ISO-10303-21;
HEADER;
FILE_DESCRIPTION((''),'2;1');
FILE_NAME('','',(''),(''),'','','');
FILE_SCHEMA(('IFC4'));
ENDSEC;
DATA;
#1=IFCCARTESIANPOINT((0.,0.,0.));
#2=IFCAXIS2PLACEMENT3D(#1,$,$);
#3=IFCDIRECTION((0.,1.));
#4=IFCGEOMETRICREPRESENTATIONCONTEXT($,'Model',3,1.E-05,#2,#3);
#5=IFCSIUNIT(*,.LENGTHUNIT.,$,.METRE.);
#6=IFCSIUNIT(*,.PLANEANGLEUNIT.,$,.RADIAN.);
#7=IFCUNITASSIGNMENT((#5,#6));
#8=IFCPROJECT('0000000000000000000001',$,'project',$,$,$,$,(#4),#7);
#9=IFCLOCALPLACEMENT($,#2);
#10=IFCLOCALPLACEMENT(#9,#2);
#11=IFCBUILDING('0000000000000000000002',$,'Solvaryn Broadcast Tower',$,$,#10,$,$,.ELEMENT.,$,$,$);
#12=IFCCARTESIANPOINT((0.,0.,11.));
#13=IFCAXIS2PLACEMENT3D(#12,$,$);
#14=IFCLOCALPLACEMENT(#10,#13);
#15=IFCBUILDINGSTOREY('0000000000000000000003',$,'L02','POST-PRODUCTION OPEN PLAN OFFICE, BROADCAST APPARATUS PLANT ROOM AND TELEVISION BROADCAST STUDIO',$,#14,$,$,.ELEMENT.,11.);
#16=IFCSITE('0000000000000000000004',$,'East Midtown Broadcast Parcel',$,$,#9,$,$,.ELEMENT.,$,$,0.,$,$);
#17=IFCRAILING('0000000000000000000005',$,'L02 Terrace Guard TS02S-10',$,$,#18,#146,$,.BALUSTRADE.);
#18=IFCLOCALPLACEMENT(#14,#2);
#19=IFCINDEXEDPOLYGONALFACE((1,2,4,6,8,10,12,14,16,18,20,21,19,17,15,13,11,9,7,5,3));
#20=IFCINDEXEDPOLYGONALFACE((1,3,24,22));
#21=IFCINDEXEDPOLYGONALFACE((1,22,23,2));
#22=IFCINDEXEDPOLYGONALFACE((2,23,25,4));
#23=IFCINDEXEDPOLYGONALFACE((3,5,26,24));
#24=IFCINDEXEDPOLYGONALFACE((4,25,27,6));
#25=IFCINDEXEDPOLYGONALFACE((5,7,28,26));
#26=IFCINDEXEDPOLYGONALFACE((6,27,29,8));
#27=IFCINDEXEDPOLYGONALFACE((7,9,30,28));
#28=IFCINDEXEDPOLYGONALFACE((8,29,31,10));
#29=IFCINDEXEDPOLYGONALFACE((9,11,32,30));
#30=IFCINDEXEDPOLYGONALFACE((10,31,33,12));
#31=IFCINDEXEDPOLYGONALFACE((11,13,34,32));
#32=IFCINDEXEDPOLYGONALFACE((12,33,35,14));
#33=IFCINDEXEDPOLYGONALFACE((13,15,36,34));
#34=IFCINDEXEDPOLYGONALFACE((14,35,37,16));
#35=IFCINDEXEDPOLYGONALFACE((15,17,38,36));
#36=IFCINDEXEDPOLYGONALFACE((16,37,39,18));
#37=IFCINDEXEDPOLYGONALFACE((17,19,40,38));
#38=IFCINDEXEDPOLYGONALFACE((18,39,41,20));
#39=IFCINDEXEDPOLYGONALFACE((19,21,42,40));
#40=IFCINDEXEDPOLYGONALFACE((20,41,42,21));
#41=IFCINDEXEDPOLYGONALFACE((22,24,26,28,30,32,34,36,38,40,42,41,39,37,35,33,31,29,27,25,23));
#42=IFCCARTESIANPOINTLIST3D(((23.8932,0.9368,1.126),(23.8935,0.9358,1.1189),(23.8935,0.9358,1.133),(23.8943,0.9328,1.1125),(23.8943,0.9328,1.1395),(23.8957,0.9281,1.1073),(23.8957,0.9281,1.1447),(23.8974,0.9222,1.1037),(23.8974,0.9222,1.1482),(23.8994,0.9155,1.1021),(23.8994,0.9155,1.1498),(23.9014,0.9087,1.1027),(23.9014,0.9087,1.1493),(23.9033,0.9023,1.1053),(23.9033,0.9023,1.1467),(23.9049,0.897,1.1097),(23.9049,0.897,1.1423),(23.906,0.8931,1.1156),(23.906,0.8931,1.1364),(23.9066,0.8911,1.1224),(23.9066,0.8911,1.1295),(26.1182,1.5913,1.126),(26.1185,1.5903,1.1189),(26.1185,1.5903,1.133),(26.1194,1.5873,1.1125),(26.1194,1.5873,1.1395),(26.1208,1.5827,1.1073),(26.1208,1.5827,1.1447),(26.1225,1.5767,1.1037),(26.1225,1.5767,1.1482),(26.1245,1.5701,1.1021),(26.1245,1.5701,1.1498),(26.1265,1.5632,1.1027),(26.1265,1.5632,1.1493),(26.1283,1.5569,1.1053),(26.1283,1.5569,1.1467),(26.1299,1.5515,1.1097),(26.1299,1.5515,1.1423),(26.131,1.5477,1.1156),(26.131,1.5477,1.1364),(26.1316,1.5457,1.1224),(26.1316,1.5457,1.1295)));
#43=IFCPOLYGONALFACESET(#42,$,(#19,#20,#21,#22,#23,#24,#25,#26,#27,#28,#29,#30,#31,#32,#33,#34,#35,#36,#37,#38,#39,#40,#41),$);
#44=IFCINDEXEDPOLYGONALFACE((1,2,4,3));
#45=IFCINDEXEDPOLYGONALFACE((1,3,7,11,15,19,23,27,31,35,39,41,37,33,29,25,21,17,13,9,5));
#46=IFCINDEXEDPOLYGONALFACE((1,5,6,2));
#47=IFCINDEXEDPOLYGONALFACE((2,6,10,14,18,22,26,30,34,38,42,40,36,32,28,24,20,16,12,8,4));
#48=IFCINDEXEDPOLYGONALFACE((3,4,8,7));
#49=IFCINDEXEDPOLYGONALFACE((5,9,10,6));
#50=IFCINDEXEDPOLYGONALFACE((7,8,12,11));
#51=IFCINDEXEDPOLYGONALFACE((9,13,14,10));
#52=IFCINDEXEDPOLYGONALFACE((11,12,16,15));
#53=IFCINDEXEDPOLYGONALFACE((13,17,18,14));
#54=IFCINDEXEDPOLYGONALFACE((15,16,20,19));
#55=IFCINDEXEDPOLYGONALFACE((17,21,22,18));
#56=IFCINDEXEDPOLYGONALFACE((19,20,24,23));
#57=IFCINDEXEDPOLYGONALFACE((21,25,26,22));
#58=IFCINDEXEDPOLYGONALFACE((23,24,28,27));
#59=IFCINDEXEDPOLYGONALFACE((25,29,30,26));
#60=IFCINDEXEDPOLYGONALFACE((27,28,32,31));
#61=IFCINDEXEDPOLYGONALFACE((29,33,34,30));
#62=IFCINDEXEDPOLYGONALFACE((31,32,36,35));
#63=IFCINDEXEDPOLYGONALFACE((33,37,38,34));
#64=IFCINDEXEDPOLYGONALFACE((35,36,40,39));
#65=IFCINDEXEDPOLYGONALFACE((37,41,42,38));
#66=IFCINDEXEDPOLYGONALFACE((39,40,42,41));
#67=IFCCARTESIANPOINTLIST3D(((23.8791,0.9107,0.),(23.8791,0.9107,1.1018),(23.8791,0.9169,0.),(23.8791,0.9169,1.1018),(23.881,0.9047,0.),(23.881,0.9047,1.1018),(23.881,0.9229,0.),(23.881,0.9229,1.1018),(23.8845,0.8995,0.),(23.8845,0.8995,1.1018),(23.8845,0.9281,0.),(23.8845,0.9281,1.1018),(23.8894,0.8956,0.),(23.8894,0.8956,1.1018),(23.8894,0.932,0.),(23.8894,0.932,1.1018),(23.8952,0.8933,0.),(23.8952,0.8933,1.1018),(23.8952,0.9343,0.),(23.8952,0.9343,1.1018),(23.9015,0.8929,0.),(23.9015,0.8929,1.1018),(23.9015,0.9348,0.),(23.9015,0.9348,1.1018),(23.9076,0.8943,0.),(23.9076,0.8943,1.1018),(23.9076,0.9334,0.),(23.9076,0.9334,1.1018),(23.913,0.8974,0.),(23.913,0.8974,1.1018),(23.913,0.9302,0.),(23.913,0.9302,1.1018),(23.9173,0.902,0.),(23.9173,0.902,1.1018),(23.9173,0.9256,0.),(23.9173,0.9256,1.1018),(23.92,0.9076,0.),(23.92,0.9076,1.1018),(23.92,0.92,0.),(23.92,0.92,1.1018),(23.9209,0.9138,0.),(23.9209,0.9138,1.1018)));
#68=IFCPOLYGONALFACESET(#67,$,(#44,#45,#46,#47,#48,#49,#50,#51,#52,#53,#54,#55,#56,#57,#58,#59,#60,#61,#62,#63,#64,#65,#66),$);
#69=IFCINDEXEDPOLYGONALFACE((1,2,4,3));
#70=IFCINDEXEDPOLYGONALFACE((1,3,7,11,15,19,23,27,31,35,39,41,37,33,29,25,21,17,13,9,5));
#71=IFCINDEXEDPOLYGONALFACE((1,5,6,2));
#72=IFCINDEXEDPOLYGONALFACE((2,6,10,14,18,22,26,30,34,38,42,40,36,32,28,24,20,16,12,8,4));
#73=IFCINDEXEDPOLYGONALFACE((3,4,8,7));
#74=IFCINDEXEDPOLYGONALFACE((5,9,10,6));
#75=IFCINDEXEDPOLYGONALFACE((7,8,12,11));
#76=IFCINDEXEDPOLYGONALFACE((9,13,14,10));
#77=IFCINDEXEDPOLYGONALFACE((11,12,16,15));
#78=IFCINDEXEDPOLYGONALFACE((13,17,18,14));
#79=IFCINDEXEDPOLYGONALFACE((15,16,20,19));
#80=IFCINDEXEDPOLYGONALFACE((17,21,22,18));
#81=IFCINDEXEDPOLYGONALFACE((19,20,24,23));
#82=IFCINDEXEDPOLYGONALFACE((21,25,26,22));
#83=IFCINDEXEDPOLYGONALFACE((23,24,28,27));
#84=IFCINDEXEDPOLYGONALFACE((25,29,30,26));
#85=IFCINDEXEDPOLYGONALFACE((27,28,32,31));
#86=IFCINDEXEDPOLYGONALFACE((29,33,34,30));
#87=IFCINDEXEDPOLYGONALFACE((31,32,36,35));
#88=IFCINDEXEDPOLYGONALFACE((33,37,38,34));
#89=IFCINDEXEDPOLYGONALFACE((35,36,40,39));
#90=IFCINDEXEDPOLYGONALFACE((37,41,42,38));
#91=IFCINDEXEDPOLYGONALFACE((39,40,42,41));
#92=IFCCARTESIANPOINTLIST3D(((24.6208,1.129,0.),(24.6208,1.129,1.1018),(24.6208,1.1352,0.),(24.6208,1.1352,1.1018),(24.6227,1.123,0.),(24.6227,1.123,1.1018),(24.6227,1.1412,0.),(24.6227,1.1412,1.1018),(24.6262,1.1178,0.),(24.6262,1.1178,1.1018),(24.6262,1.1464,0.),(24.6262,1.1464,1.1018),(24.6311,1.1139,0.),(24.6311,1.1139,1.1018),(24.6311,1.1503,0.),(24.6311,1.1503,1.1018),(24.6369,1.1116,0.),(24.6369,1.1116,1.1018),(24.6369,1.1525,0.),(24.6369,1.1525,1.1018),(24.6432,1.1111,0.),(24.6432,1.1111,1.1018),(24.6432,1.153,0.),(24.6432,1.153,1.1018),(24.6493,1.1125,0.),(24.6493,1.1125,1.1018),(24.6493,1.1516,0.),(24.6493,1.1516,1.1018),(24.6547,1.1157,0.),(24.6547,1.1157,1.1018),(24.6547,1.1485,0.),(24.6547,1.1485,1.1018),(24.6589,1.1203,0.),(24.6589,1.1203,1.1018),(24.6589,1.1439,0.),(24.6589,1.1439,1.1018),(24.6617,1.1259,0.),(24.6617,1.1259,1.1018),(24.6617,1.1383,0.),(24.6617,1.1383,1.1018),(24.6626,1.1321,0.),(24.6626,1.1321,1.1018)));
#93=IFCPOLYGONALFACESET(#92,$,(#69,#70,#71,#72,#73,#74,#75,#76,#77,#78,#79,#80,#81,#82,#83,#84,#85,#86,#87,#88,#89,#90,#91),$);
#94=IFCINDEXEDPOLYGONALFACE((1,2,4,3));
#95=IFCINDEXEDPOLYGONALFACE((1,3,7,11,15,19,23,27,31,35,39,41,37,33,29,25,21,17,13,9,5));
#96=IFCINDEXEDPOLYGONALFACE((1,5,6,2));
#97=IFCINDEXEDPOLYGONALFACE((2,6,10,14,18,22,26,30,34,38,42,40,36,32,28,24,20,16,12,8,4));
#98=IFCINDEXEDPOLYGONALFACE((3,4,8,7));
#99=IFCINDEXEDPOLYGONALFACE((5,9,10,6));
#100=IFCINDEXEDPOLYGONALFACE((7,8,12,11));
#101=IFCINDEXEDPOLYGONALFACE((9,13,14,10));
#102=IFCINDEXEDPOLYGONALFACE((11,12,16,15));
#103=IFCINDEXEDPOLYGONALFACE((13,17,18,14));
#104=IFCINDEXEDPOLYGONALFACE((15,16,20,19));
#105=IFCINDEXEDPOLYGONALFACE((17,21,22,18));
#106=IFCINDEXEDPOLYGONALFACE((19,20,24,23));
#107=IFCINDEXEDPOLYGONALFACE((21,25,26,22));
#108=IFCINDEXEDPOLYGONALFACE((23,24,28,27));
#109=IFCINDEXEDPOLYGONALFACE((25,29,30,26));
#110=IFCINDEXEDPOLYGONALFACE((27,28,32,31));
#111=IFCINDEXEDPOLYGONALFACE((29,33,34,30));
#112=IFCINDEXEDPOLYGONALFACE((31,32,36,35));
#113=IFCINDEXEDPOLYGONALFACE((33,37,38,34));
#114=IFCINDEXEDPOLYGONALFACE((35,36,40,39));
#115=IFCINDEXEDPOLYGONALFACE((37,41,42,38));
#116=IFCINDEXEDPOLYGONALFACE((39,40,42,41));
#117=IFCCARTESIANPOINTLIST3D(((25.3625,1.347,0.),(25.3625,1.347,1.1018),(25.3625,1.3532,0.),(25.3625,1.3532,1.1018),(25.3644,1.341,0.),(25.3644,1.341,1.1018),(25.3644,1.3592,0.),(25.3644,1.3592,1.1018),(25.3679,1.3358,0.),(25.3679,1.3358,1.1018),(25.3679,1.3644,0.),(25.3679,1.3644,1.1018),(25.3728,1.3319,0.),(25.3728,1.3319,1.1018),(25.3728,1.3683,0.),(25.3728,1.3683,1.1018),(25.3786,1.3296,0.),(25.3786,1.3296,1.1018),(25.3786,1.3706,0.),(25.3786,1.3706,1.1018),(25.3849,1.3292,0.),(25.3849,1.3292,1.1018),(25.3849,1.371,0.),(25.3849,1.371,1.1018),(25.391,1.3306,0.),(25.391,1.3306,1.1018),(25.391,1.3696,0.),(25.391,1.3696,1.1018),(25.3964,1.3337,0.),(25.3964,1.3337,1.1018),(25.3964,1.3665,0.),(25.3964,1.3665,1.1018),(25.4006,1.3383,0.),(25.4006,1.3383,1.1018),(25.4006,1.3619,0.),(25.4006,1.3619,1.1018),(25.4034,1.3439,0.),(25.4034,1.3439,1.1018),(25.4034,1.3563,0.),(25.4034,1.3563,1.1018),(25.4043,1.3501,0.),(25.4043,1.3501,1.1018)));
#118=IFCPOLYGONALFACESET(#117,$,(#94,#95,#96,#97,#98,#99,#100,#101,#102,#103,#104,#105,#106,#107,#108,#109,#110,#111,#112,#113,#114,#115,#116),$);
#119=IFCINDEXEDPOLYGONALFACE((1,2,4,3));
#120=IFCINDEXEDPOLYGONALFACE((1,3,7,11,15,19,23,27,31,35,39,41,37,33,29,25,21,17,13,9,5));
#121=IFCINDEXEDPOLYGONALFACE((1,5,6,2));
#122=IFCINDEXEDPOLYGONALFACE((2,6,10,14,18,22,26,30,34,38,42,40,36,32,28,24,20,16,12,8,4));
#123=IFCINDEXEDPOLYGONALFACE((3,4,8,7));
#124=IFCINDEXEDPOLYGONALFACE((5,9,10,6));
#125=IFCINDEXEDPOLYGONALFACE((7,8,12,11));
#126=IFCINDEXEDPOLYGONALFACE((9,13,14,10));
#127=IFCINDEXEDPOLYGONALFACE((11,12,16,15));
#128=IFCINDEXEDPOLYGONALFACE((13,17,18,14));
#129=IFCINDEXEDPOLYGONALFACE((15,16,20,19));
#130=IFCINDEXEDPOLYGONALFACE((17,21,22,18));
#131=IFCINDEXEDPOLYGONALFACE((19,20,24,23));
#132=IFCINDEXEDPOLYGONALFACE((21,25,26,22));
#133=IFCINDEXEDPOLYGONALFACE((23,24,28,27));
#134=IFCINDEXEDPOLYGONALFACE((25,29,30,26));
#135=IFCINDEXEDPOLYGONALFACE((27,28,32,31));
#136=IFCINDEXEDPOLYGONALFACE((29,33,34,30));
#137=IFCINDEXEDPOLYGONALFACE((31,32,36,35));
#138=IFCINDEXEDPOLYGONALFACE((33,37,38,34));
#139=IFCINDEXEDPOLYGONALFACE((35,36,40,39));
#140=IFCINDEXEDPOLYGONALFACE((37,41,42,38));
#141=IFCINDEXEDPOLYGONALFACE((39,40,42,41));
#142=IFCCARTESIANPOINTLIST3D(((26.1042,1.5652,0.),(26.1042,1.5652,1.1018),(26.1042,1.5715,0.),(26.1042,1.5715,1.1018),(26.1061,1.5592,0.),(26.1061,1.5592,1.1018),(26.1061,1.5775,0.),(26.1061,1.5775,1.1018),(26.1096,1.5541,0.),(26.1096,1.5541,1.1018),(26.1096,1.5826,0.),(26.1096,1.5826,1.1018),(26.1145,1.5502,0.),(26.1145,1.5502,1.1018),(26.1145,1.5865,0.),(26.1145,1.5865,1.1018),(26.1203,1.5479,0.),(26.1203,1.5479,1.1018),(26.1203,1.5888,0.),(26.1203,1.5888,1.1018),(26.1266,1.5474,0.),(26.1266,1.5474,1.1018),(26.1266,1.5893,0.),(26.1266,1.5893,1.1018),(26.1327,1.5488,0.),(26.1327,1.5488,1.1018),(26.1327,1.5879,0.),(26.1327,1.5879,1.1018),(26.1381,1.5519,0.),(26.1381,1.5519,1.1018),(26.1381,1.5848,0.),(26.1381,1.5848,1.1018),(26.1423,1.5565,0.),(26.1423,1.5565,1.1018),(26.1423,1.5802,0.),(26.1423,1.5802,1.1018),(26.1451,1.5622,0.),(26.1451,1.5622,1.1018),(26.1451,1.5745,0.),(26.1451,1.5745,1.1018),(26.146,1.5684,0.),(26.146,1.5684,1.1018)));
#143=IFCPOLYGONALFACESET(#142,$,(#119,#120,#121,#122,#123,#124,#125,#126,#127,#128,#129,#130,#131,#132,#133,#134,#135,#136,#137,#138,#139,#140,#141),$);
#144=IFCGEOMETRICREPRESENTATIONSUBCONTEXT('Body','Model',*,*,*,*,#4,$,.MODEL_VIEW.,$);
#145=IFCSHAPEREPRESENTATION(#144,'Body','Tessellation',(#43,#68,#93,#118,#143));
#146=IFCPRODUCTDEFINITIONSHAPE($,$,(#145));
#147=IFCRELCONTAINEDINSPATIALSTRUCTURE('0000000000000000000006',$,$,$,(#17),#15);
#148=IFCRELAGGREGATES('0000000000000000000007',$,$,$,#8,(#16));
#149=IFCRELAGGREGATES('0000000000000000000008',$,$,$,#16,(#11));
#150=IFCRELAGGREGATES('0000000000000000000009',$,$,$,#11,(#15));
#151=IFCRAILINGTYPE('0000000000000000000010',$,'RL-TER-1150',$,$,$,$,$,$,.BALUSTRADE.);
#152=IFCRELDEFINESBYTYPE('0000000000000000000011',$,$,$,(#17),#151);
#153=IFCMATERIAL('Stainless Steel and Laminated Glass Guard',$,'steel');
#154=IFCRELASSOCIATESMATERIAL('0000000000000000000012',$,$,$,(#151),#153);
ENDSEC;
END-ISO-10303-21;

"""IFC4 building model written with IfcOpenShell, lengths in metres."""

from ifc_helpers import new_model, si_unit, direction, frame, origin, origin_2d, place, context, subcontext, project, spatial, circle, extrude, material, type_object, element, save


model = new_model("IFC4")

# Units and contexts
model_context = context("Model", 3, precision=1e-05, world=origin(), true_north=direction((0.0, 1.0)))
body_context = subcontext(model_context, "Body", "Model", "MODEL_VIEW")
ifc_project = project(units=[si_unit("LENGTHUNIT", "METRE"), si_unit("PLANEANGLEUNIT", "RADIAN")], contexts=[model_context])

# Site, building, storey
site_placement = place(None, origin())
site = spatial("IfcSite", under=ifc_project, at=site_placement, Name="East Midtown Broadcast Parcel", CompositionType="ELEMENT", RefElevation=0.0)
building_placement = place(site_placement, origin())
building = spatial("IfcBuilding", under=site, at=building_placement, Name="Solvaryn Broadcast Tower", CompositionType="ELEMENT")
storey_placement = place(building_placement, frame((0.0, 0.0, 11.0)))
storey = spatial("IfcBuildingStorey", under=building, at=storey_placement, Name="L02", Description="POST-PRODUCTION OPEN PLAN OFFICE, BROADCAST APPARATUS PLANT ROOM AND TELEVISION BROADCAST STUDIO", CompositionType="ELEMENT", Elevation=11.0)

# Railing
ifc_material_1 = material(Name="Stainless Steel and Laminated Glass Guard", Category="steel")
railing_type = type_object("IfcRailingType", Name="RL-TER-1150", PredefinedType="BALUSTRADE", material=ifc_material_1)
railing_1_placement = place(storey_placement, frame((23.8999, 0.9138, 0.0)))
element("IfcRailing", 1, at=railing_1_placement, inside=storey, type_object=railing_type, Name="L02 Terrace Guard TS02S-10", PredefinedType="BALUSTRADE", context=body_context, shape_type="SweptSolid", body=[
    extrude(circle(Radius=0.0239, at=origin_2d()), frame((0.0, 0.0, 1.126), z_axis=(0.959354, 0.282206, 0.0), x_axis=(-0.282206, 0.959354, 0.0)), (0.0, 0.0, 1.0), 2.3193),
    extrude(circle(Radius=0.021, at=origin_2d()), origin(), (0.0, 0.0, 1.0), 1.1018),
    extrude(circle(Radius=0.021, at=origin_2d()), frame((0.7417, 0.2183, 0.0)), (0.0, 0.0, 1.0), 1.1018),
    extrude(circle(Radius=0.021, at=origin_2d()), frame((1.4834, 0.4363, 0.0)), (0.0, 0.0, 1.0), 1.1018),
    extrude(circle(Radius=0.021, at=origin_2d()), frame((2.2251, 0.6545, 0.0)), (0.0, 0.0, 1.0), 1.1018),
])

save(model, "model.ifc")
